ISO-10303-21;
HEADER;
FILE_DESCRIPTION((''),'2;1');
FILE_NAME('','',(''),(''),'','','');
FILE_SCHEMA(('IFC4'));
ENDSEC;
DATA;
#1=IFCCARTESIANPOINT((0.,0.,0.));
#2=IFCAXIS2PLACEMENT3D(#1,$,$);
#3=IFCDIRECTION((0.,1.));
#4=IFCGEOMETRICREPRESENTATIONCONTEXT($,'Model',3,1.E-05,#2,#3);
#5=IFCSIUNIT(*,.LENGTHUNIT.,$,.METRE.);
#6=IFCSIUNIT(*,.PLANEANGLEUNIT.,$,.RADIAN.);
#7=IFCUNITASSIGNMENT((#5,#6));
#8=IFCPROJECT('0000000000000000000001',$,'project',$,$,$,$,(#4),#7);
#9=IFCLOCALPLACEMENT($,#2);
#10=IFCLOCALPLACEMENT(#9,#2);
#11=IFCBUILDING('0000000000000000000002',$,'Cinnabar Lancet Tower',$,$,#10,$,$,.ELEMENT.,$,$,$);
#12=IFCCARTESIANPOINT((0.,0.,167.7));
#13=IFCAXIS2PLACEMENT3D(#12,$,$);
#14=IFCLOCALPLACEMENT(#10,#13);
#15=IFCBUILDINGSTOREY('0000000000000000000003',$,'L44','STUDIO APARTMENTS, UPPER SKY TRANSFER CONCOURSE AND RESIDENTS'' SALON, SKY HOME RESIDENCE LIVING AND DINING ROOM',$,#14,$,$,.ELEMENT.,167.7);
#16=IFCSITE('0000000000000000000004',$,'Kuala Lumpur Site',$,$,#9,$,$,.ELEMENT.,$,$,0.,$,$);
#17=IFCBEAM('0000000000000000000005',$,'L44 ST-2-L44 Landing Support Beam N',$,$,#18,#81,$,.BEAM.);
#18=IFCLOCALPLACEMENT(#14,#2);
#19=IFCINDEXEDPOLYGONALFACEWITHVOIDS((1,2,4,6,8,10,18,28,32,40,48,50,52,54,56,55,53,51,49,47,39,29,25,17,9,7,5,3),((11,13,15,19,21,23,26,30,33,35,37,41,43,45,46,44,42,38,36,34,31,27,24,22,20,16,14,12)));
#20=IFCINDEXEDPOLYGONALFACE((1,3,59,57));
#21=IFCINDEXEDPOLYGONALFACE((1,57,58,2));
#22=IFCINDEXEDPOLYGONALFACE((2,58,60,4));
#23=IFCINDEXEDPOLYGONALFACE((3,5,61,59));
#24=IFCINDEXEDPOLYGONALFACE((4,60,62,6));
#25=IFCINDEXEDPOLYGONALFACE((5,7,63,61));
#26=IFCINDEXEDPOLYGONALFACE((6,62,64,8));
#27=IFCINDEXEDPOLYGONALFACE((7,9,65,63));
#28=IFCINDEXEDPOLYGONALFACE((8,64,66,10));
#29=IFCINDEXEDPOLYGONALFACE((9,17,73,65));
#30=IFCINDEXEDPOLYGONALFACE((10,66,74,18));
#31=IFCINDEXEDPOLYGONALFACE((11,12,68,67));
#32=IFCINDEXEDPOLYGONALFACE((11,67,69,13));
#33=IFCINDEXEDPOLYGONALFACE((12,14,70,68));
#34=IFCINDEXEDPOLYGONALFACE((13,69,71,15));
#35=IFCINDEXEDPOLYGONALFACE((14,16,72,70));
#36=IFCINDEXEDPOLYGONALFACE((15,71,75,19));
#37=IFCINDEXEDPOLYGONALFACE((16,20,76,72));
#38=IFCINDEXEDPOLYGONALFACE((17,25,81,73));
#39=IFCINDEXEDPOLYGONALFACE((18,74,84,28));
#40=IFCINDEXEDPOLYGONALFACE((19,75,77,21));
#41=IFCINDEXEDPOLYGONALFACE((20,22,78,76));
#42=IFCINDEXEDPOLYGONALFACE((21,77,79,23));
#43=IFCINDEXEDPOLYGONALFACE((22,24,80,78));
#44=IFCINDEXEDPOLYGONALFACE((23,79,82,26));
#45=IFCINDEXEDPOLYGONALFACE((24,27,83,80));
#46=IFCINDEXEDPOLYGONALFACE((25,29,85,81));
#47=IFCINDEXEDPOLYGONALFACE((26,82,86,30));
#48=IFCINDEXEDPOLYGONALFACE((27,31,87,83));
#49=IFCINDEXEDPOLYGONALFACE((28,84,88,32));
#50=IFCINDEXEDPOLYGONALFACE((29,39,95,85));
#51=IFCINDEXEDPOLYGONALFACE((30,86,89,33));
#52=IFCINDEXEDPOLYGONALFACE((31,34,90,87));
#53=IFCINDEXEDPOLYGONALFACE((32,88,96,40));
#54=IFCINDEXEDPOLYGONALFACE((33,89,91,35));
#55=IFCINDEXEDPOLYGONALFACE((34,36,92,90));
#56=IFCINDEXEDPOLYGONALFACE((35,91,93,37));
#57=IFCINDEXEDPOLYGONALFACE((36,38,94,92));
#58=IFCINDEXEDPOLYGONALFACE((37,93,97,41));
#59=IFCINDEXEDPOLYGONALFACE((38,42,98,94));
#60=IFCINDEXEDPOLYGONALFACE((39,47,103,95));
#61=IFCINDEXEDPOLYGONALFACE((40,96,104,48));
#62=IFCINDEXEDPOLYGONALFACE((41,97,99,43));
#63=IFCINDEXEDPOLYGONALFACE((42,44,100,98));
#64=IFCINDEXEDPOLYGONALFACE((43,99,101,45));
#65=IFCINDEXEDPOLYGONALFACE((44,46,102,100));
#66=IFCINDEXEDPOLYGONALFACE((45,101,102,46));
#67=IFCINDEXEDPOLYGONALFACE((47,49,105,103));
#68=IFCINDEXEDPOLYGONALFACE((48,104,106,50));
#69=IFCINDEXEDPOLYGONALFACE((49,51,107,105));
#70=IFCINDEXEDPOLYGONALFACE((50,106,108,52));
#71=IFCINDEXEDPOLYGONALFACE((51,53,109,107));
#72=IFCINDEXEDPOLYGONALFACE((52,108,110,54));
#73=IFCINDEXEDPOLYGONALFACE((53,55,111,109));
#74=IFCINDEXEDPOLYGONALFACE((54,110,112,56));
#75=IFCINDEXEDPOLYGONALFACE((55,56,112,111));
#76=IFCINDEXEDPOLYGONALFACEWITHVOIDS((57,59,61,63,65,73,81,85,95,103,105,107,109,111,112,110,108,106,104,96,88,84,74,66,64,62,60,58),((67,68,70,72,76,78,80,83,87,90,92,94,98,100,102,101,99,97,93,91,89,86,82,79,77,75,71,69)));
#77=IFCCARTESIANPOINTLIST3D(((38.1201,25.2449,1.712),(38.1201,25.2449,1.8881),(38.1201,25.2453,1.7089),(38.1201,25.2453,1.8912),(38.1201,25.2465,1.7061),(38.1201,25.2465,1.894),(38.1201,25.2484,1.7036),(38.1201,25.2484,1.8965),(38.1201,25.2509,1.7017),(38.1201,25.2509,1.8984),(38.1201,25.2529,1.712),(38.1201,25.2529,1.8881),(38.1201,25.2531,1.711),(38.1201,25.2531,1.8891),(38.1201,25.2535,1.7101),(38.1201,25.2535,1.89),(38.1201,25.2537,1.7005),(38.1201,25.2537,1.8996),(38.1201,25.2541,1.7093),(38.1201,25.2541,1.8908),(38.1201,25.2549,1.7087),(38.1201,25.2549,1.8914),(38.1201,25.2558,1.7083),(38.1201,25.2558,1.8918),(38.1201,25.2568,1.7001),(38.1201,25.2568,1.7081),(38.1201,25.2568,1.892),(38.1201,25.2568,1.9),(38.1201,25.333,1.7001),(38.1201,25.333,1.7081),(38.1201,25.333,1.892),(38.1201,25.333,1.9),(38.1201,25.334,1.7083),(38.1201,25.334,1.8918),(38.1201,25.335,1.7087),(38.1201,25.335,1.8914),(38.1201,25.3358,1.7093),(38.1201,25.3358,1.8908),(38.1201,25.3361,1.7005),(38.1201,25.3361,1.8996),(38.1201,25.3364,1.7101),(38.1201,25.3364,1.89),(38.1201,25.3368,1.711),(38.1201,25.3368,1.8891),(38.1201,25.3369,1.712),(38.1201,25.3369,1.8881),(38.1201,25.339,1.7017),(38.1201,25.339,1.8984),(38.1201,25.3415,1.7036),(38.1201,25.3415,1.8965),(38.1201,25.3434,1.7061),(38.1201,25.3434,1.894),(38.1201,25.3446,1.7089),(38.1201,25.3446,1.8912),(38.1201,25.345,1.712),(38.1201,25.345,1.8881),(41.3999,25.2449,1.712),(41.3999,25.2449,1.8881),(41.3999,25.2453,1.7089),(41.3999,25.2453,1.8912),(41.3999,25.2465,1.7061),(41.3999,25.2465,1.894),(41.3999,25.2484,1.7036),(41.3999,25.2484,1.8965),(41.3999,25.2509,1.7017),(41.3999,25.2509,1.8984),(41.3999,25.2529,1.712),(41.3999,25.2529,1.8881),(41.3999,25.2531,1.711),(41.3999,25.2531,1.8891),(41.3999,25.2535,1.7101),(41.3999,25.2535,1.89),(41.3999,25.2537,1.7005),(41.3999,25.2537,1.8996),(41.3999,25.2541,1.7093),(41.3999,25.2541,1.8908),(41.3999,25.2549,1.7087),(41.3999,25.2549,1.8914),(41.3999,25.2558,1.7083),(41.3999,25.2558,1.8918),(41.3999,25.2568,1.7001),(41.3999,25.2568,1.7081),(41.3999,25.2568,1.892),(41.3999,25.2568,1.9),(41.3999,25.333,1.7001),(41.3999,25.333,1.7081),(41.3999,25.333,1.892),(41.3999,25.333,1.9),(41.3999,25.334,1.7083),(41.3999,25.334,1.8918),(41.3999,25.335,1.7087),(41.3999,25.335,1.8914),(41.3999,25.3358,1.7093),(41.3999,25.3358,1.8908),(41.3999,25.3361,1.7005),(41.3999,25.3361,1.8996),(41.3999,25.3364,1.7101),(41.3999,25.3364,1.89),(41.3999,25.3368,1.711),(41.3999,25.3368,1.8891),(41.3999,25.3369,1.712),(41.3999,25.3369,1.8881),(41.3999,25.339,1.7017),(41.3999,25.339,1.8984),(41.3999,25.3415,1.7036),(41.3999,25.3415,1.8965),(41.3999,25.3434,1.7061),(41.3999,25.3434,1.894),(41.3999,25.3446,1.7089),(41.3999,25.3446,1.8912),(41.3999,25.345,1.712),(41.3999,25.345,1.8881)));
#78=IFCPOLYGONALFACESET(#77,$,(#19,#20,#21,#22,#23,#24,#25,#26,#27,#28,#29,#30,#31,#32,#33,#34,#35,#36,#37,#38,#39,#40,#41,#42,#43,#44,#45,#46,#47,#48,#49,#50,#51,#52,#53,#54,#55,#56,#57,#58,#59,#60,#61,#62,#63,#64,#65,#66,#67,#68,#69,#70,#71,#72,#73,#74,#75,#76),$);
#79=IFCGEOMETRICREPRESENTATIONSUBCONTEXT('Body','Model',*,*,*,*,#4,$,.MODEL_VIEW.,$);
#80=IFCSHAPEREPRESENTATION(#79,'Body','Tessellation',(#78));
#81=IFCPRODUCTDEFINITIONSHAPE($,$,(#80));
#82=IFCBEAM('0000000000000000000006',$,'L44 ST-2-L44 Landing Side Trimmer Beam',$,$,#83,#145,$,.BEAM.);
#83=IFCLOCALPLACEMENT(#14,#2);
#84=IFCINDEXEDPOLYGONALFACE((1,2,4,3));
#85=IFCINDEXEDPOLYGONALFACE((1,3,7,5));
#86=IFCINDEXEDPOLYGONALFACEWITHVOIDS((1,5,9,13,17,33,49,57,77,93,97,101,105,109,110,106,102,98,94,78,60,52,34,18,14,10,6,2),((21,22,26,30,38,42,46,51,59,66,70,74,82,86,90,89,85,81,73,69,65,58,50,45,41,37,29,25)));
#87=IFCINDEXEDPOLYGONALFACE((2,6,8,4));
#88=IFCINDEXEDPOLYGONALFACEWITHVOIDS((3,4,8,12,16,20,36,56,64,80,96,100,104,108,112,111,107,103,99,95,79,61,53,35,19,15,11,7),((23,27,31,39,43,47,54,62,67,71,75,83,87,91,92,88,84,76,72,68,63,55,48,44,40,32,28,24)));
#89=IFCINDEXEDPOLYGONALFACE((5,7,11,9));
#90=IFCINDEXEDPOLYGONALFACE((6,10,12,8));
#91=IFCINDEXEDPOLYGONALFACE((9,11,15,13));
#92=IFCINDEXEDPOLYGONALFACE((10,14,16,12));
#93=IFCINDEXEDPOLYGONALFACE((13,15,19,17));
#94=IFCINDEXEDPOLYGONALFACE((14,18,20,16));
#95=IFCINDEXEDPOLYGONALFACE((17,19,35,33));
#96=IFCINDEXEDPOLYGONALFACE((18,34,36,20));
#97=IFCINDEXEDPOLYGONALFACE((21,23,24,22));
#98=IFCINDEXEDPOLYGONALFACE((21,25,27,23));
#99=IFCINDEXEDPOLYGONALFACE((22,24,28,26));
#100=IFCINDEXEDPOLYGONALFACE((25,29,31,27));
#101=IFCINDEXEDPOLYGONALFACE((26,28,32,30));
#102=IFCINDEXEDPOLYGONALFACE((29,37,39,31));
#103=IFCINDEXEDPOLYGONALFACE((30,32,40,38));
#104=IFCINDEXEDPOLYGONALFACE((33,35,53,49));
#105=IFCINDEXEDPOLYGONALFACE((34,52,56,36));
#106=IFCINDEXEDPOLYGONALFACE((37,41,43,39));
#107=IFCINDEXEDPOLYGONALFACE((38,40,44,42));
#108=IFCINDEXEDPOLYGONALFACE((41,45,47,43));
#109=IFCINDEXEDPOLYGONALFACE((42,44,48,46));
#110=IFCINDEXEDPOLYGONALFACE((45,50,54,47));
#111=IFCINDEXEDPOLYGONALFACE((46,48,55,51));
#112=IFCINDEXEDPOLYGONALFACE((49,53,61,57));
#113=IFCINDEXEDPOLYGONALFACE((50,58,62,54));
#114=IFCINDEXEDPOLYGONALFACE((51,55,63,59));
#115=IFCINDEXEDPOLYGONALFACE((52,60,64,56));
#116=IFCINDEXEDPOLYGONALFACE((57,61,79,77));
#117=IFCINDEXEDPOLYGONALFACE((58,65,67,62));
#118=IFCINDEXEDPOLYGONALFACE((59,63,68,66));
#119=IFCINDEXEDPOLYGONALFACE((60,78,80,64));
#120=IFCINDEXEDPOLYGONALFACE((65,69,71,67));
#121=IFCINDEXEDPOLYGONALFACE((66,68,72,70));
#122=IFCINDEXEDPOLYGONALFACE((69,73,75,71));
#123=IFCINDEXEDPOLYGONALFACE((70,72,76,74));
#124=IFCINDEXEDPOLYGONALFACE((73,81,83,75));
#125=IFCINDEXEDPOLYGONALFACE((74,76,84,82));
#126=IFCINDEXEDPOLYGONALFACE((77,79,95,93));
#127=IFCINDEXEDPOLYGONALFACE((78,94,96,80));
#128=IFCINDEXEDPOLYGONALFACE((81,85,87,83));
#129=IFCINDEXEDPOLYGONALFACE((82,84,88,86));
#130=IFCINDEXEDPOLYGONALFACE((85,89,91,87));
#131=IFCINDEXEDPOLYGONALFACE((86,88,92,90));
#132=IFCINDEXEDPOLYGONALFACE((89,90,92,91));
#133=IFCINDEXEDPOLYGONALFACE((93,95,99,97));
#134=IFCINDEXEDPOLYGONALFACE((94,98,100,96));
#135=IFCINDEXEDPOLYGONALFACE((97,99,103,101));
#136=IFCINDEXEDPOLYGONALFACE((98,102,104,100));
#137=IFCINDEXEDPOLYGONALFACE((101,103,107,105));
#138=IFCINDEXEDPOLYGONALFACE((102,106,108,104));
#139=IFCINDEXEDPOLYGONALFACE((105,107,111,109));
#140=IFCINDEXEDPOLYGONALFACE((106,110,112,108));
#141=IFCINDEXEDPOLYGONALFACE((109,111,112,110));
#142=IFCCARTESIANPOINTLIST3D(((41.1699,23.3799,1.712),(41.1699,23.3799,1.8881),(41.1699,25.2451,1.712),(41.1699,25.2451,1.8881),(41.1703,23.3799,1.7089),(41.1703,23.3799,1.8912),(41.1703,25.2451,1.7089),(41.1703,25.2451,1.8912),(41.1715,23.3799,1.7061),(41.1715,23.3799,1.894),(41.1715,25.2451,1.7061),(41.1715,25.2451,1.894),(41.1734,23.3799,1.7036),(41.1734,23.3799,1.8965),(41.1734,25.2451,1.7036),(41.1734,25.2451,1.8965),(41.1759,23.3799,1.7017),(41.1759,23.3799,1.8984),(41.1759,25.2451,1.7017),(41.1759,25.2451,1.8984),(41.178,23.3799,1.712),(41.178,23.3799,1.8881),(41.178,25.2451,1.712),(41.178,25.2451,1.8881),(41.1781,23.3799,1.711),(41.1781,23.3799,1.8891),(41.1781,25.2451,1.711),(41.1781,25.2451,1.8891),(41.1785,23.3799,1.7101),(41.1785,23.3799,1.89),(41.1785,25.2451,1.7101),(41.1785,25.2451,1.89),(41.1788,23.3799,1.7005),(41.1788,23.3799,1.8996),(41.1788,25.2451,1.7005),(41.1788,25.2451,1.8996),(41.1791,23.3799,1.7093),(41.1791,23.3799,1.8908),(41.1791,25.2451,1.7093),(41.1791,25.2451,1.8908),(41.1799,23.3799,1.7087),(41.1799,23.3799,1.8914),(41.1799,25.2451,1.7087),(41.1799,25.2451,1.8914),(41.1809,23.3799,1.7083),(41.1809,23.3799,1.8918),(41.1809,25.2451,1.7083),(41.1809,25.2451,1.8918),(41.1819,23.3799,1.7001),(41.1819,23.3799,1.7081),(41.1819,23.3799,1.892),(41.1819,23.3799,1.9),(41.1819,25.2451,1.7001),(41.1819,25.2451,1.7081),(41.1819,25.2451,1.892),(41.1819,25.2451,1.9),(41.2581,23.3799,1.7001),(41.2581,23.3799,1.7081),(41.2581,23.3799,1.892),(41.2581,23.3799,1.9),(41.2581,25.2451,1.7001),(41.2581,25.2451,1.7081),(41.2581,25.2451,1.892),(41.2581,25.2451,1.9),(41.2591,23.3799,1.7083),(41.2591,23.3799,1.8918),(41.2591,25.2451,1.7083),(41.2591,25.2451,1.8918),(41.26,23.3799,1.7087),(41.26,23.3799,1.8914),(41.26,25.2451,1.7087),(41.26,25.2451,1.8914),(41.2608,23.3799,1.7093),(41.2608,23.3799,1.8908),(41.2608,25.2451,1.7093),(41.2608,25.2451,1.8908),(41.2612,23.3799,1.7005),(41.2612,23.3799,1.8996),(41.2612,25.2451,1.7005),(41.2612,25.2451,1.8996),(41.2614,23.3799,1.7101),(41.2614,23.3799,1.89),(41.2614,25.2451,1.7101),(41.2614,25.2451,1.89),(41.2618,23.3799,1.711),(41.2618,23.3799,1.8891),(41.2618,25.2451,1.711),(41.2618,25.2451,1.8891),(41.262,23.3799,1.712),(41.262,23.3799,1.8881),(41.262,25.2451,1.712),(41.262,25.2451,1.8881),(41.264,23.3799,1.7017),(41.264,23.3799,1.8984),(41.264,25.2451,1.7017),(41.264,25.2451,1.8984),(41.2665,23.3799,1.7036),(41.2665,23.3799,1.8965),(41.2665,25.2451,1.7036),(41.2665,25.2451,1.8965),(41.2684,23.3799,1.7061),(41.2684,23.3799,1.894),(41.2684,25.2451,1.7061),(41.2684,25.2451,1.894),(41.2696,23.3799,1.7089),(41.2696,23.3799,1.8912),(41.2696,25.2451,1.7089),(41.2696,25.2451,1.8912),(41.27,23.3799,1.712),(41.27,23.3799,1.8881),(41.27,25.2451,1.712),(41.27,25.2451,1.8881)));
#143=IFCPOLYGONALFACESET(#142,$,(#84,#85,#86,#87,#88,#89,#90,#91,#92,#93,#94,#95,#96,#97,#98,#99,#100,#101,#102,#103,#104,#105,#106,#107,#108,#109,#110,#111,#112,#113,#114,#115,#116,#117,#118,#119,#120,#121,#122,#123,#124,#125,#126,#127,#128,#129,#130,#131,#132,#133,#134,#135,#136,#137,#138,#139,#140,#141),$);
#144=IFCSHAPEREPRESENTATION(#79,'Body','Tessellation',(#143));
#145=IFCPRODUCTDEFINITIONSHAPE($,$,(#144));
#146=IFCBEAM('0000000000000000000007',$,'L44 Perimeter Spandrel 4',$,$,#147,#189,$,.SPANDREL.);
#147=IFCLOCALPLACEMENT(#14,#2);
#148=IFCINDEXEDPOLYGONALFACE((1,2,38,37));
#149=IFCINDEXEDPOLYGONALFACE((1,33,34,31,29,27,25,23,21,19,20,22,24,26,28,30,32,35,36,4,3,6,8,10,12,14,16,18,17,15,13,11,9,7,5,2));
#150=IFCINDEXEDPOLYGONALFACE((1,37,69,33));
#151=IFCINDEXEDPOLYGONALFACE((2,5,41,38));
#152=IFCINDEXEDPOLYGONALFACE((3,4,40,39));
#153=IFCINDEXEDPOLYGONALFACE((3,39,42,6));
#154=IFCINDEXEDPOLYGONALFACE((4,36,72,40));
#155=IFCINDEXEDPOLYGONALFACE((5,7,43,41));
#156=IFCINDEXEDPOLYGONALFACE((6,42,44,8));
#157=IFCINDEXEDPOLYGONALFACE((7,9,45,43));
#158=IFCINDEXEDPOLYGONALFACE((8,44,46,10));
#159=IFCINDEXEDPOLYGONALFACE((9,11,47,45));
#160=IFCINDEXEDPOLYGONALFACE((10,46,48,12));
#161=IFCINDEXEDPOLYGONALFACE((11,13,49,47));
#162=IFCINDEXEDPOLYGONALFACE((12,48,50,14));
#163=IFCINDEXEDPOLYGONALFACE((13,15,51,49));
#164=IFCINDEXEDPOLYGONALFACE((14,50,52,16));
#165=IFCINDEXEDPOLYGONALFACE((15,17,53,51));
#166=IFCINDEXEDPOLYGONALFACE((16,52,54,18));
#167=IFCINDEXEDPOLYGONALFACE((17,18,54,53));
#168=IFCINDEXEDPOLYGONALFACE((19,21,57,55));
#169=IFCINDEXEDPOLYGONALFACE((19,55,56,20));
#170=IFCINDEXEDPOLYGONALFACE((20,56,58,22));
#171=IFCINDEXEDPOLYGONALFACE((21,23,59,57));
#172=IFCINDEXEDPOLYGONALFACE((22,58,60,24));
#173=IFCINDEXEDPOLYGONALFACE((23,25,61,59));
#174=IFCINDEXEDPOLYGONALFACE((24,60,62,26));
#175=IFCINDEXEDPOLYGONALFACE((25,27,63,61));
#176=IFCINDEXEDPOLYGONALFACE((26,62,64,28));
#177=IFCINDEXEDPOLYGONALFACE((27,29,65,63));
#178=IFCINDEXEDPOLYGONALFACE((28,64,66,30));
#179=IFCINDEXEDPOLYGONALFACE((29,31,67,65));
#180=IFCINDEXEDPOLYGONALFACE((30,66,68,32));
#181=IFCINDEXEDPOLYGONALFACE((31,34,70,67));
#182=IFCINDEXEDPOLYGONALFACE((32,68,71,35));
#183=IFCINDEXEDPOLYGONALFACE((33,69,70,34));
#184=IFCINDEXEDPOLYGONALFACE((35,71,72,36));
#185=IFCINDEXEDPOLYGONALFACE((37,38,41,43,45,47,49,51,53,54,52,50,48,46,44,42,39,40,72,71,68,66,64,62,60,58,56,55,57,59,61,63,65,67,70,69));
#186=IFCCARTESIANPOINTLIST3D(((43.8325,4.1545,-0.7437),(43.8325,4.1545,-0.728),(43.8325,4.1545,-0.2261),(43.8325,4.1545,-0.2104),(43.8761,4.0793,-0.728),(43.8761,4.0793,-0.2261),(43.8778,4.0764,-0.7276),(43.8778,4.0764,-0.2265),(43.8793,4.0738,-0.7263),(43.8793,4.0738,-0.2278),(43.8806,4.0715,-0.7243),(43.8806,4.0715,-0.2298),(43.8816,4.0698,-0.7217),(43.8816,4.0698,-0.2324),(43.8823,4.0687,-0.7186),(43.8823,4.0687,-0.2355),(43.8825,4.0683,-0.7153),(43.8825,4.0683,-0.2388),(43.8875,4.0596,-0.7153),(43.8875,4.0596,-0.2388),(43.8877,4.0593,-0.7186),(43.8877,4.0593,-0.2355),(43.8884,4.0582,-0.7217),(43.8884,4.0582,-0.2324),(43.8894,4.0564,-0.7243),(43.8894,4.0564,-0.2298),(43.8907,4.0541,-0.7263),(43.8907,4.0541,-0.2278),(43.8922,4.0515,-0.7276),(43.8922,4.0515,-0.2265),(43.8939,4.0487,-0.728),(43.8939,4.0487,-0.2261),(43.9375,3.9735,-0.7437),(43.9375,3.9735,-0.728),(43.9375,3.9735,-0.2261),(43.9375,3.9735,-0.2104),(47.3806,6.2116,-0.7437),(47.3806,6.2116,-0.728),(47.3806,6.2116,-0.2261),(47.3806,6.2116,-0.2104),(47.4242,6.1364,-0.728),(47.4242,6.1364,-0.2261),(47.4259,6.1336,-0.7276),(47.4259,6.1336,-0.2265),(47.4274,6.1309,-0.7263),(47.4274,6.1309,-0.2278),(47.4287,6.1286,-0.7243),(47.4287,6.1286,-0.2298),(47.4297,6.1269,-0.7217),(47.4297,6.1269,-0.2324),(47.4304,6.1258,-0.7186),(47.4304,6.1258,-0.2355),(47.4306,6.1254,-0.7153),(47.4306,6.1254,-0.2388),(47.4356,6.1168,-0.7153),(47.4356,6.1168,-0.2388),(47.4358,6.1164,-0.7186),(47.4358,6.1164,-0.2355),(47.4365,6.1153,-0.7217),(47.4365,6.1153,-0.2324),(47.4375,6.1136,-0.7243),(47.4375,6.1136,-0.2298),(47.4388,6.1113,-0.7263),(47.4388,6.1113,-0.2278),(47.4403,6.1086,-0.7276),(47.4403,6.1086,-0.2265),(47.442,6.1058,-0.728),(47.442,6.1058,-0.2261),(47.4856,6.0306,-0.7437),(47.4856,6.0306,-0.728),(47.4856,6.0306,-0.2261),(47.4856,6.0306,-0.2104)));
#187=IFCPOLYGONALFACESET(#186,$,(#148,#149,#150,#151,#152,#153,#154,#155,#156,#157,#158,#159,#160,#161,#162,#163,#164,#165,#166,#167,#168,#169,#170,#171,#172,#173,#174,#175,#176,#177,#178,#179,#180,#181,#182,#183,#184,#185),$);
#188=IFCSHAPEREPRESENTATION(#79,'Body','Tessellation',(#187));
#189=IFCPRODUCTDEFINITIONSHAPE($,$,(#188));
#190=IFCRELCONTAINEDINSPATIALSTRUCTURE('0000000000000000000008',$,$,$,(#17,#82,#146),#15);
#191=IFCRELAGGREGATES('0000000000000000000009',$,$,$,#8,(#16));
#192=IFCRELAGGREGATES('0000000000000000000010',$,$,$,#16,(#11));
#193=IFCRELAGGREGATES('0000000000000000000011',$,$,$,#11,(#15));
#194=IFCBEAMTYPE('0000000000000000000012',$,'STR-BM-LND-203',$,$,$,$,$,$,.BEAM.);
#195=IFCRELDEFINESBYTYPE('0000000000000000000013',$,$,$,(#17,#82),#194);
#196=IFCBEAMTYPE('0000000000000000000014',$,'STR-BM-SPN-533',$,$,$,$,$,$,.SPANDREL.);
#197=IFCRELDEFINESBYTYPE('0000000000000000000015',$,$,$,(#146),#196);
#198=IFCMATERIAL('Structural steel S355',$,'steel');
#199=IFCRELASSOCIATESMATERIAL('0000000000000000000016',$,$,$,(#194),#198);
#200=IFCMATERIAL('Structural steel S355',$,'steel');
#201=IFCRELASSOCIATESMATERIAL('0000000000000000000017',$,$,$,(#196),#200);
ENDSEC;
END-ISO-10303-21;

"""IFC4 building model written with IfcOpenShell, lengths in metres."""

from ifc_helpers import new_model, si_unit, direction, frame, origin, origin_2d, place, context, subcontext, project, spatial, hollow_rectangle, i_section, extrude, material, material_profile, profile_set, type_object, element, save


model = new_model("IFC4")

# Units and contexts
model_context = context("Model", 3, precision=1e-05, world=origin(), true_north=direction((0.0, 1.0)))
body_context = subcontext(model_context, "Body", "Model", "MODEL_VIEW")
ifc_project = project(units=[si_unit("LENGTHUNIT", "METRE"), si_unit("PLANEANGLEUNIT", "RADIAN")], contexts=[model_context])

# Site, building, storey
site_placement = place(None, origin())
site = spatial("IfcSite", under=ifc_project, at=site_placement, Name="Kuala Lumpur Site", CompositionType="ELEMENT", RefElevation=0.0)
building_placement = place(site_placement, origin())
building = spatial("IfcBuilding", under=site, at=building_placement, Name="Cinnabar Lancet Tower", CompositionType="ELEMENT")
storey_placement = place(building_placement, frame((0.0, 0.0, 167.7)))
storey = spatial("IfcBuildingStorey", under=building, at=storey_placement, Name="L44", Description="STUDIO APARTMENTS, UPPER SKY TRANSFER CONCOURSE AND RESIDENTS' SALON, SKY HOME RESIDENCE LIVING AND DINING ROOM", CompositionType="ELEMENT", Elevation=167.7)

# Beams
ifc_material_1 = material(Name="Structural steel S355", Category="steel")
ifc_material_profile_1 = material_profile(ifc_material_1, hollow_rectangle(XDim=0.1001, YDim=0.2, WallThickness=0.0081, InnerFilletRadius=0.0039, OuterFilletRadius=0.012, at=origin_2d()), Name="RHS 200x100x8")
ifc_profile_set_1 = profile_set([ifc_material_profile_1], Name="Structural steel S355")
beam_type_1 = type_object("IfcBeamType", Name="STR-BM-LND-203", PredefinedType="BEAM", material=ifc_profile_set_1)
for number, where, z_axis, x_axis, name in (
    (1, (38.1201, 25.2949, 1.8), (1.0, 0.0, 0.0), (0.0, 1.0, 0.0), "L44 ST-2-L44 Landing Support Beam N"),
):
    element("IfcBeam", number, at=place(storey_placement, frame(where, z_axis=z_axis, x_axis=x_axis)), inside=storey, type_object=beam_type_1, Name=name, PredefinedType="BEAM", context=body_context, shape_type="SweptSolid", body=[
        extrude(hollow_rectangle(XDim=0.1001, YDim=0.2, WallThickness=0.0081, InnerFilletRadius=0.0039, OuterFilletRadius=0.012, at=origin_2d()), origin(), (0.0, 0.0, 1.0), 3.2798),
    ])
beam_1_placement = place(storey_placement, frame((41.22, 23.3799, 1.8), z_axis=(0.0, 1.0, 0.0), x_axis=(-1.0, 0.0, 0.0)))
element("IfcBeam", 2, at=beam_1_placement, inside=storey, type_object=beam_type_1, Name="L44 ST-2-L44 Landing Side Trimmer Beam", PredefinedType="BEAM", context=body_context, shape_type="SweptSolid", body=[
    extrude(hollow_rectangle(XDim=0.1001, YDim=0.2, WallThickness=0.0081, InnerFilletRadius=0.0039, OuterFilletRadius=0.012, at=origin_2d()), origin(), (0.0, 0.0, 1.0), 1.8652),
])
ifc_material_2 = material(Name="Structural steel S355", Category="steel")
ifc_material_profile_2 = material_profile(ifc_material_2, i_section(OverallWidth=0.2092, OverallDepth=0.5332, WebThickness=0.01, FlangeThickness=0.0156, FilletRadius=0.0127, at=origin_2d()), Name="UKB 533x210x92")
ifc_profile_set_2 = profile_set([ifc_material_profile_2], Name="Structural steel S355")
beam_type_2 = type_object("IfcBeamType", Name="STR-BM-SPN-533", PredefinedType="SPANDREL", material=ifc_profile_set_2)
beam_2_placement = place(storey_placement, frame((43.885, 4.064, -0.4771), z_axis=(0.865112, 0.501578, 0.0), x_axis=(-0.501578, 0.865112, 0.0)))
element("IfcBeam", 3, at=beam_2_placement, inside=storey, type_object=beam_type_2, Name="L44 Perimeter Spandrel 4", PredefinedType="SPANDREL", context=body_context, shape_type="SweptSolid", body=[
    extrude(i_section(OverallWidth=0.2092, OverallDepth=0.5332, WebThickness=0.01, FlangeThickness=0.0156, FilletRadius=0.0127, at=origin_2d()), origin(), (0.0, 0.0, 1.0), 4.1013),
])

save(model, "model.ifc")
